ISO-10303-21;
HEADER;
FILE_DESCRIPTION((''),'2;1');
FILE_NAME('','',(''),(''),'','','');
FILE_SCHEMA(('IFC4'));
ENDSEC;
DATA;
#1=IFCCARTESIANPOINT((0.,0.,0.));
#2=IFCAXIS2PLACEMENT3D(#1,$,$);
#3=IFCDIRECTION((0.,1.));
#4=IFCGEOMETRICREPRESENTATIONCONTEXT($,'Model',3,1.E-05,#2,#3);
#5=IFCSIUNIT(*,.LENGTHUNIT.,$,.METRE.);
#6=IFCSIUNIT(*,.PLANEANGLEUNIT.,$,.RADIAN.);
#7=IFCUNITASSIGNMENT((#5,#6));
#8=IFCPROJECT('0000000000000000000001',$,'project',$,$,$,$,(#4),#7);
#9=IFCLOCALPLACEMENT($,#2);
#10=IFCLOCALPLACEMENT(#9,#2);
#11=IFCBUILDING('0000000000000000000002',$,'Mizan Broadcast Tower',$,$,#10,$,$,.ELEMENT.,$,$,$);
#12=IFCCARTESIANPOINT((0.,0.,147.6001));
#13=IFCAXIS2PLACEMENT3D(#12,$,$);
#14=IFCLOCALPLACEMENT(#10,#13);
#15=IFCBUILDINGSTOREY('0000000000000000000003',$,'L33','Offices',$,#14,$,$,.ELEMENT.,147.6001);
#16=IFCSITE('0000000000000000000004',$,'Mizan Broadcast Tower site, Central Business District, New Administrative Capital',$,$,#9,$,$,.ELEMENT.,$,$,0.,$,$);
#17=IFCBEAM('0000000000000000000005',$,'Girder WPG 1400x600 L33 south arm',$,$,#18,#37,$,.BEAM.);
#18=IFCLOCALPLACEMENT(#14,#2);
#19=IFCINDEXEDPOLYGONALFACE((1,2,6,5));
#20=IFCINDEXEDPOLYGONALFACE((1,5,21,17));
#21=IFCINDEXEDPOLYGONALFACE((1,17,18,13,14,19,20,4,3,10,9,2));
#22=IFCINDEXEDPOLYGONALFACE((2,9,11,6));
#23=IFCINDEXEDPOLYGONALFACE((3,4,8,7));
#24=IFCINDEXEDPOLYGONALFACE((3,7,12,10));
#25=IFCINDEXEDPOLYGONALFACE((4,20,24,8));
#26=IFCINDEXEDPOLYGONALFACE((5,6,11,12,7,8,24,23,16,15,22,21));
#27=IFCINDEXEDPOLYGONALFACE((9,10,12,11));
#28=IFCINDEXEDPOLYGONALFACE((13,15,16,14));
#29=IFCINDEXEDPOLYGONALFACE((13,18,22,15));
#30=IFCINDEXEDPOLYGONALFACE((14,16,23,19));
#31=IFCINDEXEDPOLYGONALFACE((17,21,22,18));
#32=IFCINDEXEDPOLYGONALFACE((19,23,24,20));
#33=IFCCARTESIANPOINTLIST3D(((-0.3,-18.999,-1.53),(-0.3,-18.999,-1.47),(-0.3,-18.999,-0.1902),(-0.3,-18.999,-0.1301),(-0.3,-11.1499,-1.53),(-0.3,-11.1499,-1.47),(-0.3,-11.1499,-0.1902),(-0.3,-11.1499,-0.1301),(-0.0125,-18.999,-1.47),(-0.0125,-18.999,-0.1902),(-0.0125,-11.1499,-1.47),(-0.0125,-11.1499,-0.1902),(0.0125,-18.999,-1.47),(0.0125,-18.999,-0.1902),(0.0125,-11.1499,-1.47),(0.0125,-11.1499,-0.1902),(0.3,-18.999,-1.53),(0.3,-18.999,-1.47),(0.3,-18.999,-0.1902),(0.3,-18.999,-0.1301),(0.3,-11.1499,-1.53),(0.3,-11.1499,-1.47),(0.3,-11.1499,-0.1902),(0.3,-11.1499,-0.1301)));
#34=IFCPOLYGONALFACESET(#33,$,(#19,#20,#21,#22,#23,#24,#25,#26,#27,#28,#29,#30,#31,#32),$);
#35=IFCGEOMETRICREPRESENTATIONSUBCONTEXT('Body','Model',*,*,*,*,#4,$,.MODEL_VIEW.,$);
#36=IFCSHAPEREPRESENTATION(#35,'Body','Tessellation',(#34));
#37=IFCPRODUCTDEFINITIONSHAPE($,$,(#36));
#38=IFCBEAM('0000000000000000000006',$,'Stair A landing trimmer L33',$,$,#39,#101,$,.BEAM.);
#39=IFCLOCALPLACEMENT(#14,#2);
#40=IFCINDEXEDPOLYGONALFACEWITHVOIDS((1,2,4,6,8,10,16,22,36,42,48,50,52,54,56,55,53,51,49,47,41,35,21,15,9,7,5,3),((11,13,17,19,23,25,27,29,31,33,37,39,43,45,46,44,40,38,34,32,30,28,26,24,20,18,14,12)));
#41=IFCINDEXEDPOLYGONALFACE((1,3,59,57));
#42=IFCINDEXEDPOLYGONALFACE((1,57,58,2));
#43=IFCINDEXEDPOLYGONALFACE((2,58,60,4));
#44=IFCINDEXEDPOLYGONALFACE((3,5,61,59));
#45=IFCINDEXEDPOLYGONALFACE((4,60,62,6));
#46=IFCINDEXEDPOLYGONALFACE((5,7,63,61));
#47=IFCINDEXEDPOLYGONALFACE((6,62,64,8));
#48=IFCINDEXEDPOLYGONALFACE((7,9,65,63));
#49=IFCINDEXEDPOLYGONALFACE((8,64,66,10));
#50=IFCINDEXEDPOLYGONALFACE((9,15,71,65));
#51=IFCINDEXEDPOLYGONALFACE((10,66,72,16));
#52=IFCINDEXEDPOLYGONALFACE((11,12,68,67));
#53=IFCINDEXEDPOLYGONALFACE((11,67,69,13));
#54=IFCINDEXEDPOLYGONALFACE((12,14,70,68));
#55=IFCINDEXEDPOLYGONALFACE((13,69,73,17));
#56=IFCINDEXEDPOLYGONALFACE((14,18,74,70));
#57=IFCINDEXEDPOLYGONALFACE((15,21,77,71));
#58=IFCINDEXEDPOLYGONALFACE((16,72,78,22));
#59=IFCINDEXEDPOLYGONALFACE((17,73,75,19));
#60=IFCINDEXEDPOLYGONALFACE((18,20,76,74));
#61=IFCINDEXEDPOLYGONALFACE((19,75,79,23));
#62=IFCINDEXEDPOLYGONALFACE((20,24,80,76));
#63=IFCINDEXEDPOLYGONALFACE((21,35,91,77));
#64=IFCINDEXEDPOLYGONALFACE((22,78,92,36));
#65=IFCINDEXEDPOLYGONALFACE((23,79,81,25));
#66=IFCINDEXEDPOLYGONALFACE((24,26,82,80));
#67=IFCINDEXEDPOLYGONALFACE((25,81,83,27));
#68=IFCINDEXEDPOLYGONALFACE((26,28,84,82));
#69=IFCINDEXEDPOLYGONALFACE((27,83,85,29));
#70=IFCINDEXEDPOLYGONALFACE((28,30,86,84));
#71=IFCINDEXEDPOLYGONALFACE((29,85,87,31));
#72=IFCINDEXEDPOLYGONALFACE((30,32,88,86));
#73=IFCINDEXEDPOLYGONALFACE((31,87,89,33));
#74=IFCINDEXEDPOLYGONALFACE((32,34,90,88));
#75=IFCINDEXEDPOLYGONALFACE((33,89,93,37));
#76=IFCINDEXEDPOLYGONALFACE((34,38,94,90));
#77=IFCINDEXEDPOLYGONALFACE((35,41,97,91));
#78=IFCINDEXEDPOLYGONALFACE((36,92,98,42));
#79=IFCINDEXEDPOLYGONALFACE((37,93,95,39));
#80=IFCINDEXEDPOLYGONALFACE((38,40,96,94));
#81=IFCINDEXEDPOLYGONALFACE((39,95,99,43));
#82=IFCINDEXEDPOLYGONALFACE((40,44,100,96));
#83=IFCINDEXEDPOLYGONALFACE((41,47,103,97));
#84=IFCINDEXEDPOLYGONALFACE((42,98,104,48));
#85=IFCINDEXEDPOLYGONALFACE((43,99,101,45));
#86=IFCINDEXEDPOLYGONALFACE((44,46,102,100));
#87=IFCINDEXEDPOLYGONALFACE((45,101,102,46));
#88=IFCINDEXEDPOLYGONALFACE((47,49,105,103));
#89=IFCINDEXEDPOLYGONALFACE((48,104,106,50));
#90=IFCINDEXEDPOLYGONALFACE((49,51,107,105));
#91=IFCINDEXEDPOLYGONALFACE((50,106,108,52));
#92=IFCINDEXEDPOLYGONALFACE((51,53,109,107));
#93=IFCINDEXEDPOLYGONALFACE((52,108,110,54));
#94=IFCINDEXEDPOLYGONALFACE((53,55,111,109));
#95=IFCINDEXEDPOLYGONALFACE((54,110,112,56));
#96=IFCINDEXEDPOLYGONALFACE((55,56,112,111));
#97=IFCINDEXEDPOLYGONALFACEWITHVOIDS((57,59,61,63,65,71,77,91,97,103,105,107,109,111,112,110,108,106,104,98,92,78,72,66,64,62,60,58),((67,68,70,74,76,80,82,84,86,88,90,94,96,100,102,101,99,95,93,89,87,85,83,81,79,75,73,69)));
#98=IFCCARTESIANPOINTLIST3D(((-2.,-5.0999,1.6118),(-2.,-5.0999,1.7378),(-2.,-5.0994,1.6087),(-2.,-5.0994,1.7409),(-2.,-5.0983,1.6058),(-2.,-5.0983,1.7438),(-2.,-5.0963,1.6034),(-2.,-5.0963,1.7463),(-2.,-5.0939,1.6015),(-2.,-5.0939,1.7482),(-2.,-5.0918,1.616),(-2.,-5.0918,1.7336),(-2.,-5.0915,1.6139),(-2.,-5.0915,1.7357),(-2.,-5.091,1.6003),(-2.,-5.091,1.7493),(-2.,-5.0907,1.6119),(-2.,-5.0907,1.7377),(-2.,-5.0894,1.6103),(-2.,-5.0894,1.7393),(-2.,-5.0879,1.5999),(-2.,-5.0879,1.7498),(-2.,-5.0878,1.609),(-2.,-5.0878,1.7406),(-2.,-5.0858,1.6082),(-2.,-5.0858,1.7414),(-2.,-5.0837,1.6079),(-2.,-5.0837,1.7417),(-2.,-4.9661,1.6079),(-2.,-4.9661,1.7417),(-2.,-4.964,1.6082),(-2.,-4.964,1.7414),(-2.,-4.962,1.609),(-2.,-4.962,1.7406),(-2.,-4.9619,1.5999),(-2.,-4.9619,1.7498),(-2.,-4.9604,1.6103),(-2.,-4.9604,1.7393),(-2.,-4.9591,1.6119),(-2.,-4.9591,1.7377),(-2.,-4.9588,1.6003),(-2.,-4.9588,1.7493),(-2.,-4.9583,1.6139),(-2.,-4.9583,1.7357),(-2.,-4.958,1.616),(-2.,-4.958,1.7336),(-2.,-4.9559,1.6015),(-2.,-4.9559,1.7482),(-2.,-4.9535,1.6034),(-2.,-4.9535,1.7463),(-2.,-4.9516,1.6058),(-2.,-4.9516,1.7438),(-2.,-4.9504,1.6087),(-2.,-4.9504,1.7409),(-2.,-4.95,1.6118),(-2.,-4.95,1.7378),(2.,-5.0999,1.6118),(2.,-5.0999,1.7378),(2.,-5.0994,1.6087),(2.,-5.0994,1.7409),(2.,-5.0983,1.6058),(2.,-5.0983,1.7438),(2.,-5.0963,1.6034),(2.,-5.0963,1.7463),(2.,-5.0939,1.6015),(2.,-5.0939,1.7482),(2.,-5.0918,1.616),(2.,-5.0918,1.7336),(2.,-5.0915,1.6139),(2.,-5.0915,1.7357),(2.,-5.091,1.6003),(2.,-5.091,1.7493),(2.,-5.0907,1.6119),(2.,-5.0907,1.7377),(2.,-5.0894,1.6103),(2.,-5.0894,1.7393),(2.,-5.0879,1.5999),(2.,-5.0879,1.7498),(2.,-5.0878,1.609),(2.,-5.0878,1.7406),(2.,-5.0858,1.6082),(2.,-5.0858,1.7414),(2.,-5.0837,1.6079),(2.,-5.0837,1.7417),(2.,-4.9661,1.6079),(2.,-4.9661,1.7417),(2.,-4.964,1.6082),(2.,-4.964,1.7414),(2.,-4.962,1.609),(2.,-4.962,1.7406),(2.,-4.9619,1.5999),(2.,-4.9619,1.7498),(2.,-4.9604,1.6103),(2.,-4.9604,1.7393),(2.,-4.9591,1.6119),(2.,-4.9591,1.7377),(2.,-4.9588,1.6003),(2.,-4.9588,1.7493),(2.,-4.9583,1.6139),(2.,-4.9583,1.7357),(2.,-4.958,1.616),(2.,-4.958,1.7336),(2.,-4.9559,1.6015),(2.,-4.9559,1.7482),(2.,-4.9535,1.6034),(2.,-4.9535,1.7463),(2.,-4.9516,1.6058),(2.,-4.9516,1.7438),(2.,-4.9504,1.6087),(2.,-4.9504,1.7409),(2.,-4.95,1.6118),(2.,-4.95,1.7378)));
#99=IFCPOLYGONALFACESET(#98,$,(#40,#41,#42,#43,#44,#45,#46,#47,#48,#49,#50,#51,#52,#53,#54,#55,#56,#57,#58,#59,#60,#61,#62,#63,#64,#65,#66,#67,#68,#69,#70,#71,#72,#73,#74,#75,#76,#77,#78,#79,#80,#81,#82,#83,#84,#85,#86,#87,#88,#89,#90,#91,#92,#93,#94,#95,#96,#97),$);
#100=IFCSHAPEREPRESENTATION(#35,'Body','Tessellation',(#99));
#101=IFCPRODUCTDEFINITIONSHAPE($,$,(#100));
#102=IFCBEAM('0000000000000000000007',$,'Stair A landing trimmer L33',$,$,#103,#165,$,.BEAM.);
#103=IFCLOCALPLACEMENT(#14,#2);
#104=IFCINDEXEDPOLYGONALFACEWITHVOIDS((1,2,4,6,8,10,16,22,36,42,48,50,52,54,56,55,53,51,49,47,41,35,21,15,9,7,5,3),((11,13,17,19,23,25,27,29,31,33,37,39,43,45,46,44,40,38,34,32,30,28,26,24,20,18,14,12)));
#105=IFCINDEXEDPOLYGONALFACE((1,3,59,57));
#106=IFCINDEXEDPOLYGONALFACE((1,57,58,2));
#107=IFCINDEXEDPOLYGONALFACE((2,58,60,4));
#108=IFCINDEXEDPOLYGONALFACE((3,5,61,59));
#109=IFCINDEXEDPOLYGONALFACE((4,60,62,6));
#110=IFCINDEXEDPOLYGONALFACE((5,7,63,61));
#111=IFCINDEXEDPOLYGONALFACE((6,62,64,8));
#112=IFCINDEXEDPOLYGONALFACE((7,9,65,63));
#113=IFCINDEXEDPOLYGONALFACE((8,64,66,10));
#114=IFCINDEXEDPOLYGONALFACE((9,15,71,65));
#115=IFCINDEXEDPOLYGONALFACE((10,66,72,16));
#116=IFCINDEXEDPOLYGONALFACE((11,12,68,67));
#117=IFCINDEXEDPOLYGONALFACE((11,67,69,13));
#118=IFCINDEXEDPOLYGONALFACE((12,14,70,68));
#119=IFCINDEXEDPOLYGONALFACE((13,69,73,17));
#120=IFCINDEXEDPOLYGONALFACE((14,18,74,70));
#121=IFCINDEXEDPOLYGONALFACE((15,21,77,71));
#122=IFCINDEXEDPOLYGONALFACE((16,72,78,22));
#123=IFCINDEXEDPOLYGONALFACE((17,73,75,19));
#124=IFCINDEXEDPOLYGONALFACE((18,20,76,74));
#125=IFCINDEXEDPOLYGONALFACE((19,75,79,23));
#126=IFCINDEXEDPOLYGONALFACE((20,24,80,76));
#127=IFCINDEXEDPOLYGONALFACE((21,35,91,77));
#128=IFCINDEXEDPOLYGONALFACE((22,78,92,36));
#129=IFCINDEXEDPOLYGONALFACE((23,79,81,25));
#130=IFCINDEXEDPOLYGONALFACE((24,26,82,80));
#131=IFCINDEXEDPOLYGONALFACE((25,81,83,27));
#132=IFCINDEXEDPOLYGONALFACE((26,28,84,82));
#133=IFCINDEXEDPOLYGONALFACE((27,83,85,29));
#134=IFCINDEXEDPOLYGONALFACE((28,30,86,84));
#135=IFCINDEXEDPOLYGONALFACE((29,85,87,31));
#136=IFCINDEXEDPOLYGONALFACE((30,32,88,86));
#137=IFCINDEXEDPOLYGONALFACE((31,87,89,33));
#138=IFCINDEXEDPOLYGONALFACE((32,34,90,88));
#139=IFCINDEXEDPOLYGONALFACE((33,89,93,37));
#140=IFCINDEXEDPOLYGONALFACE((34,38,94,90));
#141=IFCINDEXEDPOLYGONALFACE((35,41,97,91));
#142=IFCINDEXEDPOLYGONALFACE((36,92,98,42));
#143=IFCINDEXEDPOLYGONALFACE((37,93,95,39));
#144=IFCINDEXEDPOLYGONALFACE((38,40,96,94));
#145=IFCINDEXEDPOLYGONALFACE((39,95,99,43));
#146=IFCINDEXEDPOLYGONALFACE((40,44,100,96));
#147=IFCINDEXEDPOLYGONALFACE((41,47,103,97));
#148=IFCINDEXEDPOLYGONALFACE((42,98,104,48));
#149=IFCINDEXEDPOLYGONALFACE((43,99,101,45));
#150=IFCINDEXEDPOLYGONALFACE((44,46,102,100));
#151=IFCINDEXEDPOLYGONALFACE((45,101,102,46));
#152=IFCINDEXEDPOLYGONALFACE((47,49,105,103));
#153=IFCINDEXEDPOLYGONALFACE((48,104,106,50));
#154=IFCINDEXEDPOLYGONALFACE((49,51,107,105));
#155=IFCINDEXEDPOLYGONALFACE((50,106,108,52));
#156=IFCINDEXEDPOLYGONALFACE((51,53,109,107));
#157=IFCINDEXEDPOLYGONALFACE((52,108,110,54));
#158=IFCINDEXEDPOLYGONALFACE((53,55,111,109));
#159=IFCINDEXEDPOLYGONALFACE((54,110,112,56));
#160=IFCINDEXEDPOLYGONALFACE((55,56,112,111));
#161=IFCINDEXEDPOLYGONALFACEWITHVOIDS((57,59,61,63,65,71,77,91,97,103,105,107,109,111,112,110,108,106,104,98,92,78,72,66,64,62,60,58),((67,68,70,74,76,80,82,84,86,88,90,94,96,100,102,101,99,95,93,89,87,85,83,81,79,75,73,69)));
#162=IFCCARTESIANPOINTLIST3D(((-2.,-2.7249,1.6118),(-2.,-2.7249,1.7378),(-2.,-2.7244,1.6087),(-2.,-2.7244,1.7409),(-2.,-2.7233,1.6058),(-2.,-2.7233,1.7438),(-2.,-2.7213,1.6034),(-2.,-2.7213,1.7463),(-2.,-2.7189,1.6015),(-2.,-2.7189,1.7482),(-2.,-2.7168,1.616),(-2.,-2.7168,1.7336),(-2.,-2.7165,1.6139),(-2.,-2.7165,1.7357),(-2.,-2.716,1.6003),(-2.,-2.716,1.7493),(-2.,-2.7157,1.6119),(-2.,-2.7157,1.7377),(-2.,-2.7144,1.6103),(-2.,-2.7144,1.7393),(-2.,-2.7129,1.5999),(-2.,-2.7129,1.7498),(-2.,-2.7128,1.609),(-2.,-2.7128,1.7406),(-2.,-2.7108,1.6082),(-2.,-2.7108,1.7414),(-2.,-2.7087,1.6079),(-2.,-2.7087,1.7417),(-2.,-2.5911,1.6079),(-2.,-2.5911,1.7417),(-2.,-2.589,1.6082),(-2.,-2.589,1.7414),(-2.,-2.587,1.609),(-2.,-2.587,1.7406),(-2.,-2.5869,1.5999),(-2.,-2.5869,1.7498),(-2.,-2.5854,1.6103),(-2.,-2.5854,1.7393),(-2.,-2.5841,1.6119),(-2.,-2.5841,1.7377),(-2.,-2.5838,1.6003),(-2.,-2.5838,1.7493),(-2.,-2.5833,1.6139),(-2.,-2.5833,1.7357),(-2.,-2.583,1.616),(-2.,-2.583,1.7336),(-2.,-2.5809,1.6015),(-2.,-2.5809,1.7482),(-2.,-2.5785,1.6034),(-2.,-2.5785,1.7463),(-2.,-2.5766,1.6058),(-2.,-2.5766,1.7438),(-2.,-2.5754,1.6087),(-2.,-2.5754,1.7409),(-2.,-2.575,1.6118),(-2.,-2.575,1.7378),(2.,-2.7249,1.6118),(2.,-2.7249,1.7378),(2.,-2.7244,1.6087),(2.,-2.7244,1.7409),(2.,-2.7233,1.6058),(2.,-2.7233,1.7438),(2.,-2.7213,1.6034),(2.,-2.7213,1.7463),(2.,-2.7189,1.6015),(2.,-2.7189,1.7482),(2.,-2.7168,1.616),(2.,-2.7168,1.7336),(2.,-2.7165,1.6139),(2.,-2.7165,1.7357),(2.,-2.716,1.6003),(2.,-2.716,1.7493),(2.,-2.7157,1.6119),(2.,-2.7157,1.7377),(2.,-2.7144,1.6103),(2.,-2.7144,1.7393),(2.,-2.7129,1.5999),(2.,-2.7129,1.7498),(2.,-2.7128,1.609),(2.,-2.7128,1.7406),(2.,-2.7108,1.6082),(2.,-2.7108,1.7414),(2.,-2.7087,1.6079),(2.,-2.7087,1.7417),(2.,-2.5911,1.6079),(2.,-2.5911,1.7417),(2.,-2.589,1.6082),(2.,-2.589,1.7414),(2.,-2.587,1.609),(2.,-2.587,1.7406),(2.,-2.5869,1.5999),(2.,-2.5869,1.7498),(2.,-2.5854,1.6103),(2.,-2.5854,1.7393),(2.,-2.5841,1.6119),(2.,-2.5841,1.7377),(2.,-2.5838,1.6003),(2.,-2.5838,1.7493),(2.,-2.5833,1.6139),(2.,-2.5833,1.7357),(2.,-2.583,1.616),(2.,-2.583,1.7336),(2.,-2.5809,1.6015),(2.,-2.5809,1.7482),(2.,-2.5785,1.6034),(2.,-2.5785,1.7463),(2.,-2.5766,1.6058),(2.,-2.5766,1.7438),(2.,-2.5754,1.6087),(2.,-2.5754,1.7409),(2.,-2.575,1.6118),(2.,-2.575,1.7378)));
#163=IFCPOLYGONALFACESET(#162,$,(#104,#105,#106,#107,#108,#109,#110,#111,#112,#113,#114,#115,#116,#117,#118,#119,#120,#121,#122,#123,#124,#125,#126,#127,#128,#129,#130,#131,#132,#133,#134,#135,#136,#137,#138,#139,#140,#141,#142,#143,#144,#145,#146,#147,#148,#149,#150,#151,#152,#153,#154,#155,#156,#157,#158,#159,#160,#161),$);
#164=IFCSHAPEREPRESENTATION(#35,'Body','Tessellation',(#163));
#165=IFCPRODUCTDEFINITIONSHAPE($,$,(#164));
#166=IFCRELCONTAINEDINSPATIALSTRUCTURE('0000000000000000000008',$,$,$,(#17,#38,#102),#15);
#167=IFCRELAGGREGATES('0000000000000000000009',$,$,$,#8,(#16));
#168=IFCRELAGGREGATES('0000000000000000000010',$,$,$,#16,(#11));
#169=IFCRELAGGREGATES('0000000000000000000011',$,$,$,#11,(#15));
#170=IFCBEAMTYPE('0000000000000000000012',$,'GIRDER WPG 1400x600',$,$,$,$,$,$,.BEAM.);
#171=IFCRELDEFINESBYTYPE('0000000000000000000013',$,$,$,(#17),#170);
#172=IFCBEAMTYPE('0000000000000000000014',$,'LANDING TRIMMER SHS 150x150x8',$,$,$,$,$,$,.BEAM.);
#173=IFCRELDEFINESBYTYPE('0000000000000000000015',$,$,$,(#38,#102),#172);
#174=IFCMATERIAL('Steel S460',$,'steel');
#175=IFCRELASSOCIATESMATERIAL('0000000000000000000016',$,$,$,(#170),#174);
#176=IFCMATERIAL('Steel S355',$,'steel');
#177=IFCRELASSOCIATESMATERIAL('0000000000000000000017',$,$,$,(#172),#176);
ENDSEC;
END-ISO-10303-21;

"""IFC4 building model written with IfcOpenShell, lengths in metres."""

from ifc_helpers import new_model, si_unit, direction, frame, origin, origin_2d, place, context, subcontext, project, spatial, hollow_rectangle, i_section, extrude, material, material_profile, profile_set, type_object, element, save


model = new_model("IFC4")

# Units and contexts
model_context = context("Model", 3, precision=1e-05, world=origin(), true_north=direction((0.0, 1.0)))
body_context = subcontext(model_context, "Body", "Model", "MODEL_VIEW")
ifc_project = project(units=[si_unit("LENGTHUNIT", "METRE"), si_unit("PLANEANGLEUNIT", "RADIAN")], contexts=[model_context])

# Site, building, storey
site_placement = place(None, origin())
site = spatial("IfcSite", under=ifc_project, at=site_placement, Name="Mizan Broadcast Tower site, Central Business District, New Administrative Capital", CompositionType="ELEMENT", RefElevation=0.0)
building_placement = place(site_placement, origin())
building = spatial("IfcBuilding", under=site, at=building_placement, Name="Mizan Broadcast Tower", CompositionType="ELEMENT")
storey_placement = place(building_placement, frame((0.0, 0.0, 147.6001)))
storey = spatial("IfcBuildingStorey", under=building, at=storey_placement, Name="L33", Description="Offices", CompositionType="ELEMENT", Elevation=147.6001)

# Beams
ifc_material_1 = material(Name="Steel S460", Category="steel")
ifc_material_profile_1 = material_profile(ifc_material_1, i_section(OverallWidth=0.6001, OverallDepth=1.3999, WebThickness=0.0249, FlangeThickness=0.0601, at=origin_2d()), Name="WPG 1400x600")
ifc_profile_set_1 = profile_set([ifc_material_profile_1], Name="Steel S460")
beam_type_1 = type_object("IfcBeamType", Name="GIRDER WPG 1400x600", PredefinedType="BEAM", material=ifc_profile_set_1)
beam_placement = place(storey_placement, frame((0.0, -11.1499, -0.8301), z_axis=(0.0, -1.0, 0.0), x_axis=(1.0, 0.0, 0.0)))
element("IfcBeam", 1, at=beam_placement, inside=storey, type_object=beam_type_1, Name="Girder WPG 1400x600 L33 south arm", PredefinedType="BEAM", context=body_context, shape_type="SweptSolid", body=[
    extrude(i_section(OverallWidth=0.6001, OverallDepth=1.3999, WebThickness=0.0249, FlangeThickness=0.0601, at=origin_2d()), origin(), (0.0, 0.0, 1.0), 7.8491),
])
ifc_material_2 = material(Name="Steel S355", Category="steel")
ifc_material_profile_2 = material_profile(ifc_material_2, hollow_rectangle(XDim=0.1499, YDim=0.1499, WallThickness=0.0081, InnerFilletRadius=0.0081, OuterFilletRadius=0.012, at=origin_2d()), Name="SHS 150x150x8")
ifc_profile_set_2 = profile_set([ifc_material_profile_2], Name="Steel S355")
beam_type_2 = type_object("IfcBeamType", Name="LANDING TRIMMER SHS 150x150x8", PredefinedType="BEAM", material=ifc_profile_set_2)
for number, where, z_axis, x_axis, name in (
    (2, (-2.0, -5.0249, 1.6748), (1.0, 0.0, 0.0), (0.0, 1.0, 0.0), "Stair A landing trimmer L33"),
    (3, (-2.0, -2.6499, 1.6748), (1.0, 0.0, 0.0), (0.0, 1.0, 0.0), "Stair A landing trimmer L33"),
):
    element("IfcBeam", number, at=place(storey_placement, frame(where, z_axis=z_axis, x_axis=x_axis)), inside=storey, type_object=beam_type_2, Name=name, PredefinedType="BEAM", context=body_context, shape_type="SweptSolid", body=[
        extrude(hollow_rectangle(XDim=0.1499, YDim=0.1499, WallThickness=0.0081, InnerFilletRadius=0.0081, OuterFilletRadius=0.012, at=origin_2d()), origin(), (0.0, 0.0, 1.0), 4.0),
    ])

save(model, "model.ifc")
